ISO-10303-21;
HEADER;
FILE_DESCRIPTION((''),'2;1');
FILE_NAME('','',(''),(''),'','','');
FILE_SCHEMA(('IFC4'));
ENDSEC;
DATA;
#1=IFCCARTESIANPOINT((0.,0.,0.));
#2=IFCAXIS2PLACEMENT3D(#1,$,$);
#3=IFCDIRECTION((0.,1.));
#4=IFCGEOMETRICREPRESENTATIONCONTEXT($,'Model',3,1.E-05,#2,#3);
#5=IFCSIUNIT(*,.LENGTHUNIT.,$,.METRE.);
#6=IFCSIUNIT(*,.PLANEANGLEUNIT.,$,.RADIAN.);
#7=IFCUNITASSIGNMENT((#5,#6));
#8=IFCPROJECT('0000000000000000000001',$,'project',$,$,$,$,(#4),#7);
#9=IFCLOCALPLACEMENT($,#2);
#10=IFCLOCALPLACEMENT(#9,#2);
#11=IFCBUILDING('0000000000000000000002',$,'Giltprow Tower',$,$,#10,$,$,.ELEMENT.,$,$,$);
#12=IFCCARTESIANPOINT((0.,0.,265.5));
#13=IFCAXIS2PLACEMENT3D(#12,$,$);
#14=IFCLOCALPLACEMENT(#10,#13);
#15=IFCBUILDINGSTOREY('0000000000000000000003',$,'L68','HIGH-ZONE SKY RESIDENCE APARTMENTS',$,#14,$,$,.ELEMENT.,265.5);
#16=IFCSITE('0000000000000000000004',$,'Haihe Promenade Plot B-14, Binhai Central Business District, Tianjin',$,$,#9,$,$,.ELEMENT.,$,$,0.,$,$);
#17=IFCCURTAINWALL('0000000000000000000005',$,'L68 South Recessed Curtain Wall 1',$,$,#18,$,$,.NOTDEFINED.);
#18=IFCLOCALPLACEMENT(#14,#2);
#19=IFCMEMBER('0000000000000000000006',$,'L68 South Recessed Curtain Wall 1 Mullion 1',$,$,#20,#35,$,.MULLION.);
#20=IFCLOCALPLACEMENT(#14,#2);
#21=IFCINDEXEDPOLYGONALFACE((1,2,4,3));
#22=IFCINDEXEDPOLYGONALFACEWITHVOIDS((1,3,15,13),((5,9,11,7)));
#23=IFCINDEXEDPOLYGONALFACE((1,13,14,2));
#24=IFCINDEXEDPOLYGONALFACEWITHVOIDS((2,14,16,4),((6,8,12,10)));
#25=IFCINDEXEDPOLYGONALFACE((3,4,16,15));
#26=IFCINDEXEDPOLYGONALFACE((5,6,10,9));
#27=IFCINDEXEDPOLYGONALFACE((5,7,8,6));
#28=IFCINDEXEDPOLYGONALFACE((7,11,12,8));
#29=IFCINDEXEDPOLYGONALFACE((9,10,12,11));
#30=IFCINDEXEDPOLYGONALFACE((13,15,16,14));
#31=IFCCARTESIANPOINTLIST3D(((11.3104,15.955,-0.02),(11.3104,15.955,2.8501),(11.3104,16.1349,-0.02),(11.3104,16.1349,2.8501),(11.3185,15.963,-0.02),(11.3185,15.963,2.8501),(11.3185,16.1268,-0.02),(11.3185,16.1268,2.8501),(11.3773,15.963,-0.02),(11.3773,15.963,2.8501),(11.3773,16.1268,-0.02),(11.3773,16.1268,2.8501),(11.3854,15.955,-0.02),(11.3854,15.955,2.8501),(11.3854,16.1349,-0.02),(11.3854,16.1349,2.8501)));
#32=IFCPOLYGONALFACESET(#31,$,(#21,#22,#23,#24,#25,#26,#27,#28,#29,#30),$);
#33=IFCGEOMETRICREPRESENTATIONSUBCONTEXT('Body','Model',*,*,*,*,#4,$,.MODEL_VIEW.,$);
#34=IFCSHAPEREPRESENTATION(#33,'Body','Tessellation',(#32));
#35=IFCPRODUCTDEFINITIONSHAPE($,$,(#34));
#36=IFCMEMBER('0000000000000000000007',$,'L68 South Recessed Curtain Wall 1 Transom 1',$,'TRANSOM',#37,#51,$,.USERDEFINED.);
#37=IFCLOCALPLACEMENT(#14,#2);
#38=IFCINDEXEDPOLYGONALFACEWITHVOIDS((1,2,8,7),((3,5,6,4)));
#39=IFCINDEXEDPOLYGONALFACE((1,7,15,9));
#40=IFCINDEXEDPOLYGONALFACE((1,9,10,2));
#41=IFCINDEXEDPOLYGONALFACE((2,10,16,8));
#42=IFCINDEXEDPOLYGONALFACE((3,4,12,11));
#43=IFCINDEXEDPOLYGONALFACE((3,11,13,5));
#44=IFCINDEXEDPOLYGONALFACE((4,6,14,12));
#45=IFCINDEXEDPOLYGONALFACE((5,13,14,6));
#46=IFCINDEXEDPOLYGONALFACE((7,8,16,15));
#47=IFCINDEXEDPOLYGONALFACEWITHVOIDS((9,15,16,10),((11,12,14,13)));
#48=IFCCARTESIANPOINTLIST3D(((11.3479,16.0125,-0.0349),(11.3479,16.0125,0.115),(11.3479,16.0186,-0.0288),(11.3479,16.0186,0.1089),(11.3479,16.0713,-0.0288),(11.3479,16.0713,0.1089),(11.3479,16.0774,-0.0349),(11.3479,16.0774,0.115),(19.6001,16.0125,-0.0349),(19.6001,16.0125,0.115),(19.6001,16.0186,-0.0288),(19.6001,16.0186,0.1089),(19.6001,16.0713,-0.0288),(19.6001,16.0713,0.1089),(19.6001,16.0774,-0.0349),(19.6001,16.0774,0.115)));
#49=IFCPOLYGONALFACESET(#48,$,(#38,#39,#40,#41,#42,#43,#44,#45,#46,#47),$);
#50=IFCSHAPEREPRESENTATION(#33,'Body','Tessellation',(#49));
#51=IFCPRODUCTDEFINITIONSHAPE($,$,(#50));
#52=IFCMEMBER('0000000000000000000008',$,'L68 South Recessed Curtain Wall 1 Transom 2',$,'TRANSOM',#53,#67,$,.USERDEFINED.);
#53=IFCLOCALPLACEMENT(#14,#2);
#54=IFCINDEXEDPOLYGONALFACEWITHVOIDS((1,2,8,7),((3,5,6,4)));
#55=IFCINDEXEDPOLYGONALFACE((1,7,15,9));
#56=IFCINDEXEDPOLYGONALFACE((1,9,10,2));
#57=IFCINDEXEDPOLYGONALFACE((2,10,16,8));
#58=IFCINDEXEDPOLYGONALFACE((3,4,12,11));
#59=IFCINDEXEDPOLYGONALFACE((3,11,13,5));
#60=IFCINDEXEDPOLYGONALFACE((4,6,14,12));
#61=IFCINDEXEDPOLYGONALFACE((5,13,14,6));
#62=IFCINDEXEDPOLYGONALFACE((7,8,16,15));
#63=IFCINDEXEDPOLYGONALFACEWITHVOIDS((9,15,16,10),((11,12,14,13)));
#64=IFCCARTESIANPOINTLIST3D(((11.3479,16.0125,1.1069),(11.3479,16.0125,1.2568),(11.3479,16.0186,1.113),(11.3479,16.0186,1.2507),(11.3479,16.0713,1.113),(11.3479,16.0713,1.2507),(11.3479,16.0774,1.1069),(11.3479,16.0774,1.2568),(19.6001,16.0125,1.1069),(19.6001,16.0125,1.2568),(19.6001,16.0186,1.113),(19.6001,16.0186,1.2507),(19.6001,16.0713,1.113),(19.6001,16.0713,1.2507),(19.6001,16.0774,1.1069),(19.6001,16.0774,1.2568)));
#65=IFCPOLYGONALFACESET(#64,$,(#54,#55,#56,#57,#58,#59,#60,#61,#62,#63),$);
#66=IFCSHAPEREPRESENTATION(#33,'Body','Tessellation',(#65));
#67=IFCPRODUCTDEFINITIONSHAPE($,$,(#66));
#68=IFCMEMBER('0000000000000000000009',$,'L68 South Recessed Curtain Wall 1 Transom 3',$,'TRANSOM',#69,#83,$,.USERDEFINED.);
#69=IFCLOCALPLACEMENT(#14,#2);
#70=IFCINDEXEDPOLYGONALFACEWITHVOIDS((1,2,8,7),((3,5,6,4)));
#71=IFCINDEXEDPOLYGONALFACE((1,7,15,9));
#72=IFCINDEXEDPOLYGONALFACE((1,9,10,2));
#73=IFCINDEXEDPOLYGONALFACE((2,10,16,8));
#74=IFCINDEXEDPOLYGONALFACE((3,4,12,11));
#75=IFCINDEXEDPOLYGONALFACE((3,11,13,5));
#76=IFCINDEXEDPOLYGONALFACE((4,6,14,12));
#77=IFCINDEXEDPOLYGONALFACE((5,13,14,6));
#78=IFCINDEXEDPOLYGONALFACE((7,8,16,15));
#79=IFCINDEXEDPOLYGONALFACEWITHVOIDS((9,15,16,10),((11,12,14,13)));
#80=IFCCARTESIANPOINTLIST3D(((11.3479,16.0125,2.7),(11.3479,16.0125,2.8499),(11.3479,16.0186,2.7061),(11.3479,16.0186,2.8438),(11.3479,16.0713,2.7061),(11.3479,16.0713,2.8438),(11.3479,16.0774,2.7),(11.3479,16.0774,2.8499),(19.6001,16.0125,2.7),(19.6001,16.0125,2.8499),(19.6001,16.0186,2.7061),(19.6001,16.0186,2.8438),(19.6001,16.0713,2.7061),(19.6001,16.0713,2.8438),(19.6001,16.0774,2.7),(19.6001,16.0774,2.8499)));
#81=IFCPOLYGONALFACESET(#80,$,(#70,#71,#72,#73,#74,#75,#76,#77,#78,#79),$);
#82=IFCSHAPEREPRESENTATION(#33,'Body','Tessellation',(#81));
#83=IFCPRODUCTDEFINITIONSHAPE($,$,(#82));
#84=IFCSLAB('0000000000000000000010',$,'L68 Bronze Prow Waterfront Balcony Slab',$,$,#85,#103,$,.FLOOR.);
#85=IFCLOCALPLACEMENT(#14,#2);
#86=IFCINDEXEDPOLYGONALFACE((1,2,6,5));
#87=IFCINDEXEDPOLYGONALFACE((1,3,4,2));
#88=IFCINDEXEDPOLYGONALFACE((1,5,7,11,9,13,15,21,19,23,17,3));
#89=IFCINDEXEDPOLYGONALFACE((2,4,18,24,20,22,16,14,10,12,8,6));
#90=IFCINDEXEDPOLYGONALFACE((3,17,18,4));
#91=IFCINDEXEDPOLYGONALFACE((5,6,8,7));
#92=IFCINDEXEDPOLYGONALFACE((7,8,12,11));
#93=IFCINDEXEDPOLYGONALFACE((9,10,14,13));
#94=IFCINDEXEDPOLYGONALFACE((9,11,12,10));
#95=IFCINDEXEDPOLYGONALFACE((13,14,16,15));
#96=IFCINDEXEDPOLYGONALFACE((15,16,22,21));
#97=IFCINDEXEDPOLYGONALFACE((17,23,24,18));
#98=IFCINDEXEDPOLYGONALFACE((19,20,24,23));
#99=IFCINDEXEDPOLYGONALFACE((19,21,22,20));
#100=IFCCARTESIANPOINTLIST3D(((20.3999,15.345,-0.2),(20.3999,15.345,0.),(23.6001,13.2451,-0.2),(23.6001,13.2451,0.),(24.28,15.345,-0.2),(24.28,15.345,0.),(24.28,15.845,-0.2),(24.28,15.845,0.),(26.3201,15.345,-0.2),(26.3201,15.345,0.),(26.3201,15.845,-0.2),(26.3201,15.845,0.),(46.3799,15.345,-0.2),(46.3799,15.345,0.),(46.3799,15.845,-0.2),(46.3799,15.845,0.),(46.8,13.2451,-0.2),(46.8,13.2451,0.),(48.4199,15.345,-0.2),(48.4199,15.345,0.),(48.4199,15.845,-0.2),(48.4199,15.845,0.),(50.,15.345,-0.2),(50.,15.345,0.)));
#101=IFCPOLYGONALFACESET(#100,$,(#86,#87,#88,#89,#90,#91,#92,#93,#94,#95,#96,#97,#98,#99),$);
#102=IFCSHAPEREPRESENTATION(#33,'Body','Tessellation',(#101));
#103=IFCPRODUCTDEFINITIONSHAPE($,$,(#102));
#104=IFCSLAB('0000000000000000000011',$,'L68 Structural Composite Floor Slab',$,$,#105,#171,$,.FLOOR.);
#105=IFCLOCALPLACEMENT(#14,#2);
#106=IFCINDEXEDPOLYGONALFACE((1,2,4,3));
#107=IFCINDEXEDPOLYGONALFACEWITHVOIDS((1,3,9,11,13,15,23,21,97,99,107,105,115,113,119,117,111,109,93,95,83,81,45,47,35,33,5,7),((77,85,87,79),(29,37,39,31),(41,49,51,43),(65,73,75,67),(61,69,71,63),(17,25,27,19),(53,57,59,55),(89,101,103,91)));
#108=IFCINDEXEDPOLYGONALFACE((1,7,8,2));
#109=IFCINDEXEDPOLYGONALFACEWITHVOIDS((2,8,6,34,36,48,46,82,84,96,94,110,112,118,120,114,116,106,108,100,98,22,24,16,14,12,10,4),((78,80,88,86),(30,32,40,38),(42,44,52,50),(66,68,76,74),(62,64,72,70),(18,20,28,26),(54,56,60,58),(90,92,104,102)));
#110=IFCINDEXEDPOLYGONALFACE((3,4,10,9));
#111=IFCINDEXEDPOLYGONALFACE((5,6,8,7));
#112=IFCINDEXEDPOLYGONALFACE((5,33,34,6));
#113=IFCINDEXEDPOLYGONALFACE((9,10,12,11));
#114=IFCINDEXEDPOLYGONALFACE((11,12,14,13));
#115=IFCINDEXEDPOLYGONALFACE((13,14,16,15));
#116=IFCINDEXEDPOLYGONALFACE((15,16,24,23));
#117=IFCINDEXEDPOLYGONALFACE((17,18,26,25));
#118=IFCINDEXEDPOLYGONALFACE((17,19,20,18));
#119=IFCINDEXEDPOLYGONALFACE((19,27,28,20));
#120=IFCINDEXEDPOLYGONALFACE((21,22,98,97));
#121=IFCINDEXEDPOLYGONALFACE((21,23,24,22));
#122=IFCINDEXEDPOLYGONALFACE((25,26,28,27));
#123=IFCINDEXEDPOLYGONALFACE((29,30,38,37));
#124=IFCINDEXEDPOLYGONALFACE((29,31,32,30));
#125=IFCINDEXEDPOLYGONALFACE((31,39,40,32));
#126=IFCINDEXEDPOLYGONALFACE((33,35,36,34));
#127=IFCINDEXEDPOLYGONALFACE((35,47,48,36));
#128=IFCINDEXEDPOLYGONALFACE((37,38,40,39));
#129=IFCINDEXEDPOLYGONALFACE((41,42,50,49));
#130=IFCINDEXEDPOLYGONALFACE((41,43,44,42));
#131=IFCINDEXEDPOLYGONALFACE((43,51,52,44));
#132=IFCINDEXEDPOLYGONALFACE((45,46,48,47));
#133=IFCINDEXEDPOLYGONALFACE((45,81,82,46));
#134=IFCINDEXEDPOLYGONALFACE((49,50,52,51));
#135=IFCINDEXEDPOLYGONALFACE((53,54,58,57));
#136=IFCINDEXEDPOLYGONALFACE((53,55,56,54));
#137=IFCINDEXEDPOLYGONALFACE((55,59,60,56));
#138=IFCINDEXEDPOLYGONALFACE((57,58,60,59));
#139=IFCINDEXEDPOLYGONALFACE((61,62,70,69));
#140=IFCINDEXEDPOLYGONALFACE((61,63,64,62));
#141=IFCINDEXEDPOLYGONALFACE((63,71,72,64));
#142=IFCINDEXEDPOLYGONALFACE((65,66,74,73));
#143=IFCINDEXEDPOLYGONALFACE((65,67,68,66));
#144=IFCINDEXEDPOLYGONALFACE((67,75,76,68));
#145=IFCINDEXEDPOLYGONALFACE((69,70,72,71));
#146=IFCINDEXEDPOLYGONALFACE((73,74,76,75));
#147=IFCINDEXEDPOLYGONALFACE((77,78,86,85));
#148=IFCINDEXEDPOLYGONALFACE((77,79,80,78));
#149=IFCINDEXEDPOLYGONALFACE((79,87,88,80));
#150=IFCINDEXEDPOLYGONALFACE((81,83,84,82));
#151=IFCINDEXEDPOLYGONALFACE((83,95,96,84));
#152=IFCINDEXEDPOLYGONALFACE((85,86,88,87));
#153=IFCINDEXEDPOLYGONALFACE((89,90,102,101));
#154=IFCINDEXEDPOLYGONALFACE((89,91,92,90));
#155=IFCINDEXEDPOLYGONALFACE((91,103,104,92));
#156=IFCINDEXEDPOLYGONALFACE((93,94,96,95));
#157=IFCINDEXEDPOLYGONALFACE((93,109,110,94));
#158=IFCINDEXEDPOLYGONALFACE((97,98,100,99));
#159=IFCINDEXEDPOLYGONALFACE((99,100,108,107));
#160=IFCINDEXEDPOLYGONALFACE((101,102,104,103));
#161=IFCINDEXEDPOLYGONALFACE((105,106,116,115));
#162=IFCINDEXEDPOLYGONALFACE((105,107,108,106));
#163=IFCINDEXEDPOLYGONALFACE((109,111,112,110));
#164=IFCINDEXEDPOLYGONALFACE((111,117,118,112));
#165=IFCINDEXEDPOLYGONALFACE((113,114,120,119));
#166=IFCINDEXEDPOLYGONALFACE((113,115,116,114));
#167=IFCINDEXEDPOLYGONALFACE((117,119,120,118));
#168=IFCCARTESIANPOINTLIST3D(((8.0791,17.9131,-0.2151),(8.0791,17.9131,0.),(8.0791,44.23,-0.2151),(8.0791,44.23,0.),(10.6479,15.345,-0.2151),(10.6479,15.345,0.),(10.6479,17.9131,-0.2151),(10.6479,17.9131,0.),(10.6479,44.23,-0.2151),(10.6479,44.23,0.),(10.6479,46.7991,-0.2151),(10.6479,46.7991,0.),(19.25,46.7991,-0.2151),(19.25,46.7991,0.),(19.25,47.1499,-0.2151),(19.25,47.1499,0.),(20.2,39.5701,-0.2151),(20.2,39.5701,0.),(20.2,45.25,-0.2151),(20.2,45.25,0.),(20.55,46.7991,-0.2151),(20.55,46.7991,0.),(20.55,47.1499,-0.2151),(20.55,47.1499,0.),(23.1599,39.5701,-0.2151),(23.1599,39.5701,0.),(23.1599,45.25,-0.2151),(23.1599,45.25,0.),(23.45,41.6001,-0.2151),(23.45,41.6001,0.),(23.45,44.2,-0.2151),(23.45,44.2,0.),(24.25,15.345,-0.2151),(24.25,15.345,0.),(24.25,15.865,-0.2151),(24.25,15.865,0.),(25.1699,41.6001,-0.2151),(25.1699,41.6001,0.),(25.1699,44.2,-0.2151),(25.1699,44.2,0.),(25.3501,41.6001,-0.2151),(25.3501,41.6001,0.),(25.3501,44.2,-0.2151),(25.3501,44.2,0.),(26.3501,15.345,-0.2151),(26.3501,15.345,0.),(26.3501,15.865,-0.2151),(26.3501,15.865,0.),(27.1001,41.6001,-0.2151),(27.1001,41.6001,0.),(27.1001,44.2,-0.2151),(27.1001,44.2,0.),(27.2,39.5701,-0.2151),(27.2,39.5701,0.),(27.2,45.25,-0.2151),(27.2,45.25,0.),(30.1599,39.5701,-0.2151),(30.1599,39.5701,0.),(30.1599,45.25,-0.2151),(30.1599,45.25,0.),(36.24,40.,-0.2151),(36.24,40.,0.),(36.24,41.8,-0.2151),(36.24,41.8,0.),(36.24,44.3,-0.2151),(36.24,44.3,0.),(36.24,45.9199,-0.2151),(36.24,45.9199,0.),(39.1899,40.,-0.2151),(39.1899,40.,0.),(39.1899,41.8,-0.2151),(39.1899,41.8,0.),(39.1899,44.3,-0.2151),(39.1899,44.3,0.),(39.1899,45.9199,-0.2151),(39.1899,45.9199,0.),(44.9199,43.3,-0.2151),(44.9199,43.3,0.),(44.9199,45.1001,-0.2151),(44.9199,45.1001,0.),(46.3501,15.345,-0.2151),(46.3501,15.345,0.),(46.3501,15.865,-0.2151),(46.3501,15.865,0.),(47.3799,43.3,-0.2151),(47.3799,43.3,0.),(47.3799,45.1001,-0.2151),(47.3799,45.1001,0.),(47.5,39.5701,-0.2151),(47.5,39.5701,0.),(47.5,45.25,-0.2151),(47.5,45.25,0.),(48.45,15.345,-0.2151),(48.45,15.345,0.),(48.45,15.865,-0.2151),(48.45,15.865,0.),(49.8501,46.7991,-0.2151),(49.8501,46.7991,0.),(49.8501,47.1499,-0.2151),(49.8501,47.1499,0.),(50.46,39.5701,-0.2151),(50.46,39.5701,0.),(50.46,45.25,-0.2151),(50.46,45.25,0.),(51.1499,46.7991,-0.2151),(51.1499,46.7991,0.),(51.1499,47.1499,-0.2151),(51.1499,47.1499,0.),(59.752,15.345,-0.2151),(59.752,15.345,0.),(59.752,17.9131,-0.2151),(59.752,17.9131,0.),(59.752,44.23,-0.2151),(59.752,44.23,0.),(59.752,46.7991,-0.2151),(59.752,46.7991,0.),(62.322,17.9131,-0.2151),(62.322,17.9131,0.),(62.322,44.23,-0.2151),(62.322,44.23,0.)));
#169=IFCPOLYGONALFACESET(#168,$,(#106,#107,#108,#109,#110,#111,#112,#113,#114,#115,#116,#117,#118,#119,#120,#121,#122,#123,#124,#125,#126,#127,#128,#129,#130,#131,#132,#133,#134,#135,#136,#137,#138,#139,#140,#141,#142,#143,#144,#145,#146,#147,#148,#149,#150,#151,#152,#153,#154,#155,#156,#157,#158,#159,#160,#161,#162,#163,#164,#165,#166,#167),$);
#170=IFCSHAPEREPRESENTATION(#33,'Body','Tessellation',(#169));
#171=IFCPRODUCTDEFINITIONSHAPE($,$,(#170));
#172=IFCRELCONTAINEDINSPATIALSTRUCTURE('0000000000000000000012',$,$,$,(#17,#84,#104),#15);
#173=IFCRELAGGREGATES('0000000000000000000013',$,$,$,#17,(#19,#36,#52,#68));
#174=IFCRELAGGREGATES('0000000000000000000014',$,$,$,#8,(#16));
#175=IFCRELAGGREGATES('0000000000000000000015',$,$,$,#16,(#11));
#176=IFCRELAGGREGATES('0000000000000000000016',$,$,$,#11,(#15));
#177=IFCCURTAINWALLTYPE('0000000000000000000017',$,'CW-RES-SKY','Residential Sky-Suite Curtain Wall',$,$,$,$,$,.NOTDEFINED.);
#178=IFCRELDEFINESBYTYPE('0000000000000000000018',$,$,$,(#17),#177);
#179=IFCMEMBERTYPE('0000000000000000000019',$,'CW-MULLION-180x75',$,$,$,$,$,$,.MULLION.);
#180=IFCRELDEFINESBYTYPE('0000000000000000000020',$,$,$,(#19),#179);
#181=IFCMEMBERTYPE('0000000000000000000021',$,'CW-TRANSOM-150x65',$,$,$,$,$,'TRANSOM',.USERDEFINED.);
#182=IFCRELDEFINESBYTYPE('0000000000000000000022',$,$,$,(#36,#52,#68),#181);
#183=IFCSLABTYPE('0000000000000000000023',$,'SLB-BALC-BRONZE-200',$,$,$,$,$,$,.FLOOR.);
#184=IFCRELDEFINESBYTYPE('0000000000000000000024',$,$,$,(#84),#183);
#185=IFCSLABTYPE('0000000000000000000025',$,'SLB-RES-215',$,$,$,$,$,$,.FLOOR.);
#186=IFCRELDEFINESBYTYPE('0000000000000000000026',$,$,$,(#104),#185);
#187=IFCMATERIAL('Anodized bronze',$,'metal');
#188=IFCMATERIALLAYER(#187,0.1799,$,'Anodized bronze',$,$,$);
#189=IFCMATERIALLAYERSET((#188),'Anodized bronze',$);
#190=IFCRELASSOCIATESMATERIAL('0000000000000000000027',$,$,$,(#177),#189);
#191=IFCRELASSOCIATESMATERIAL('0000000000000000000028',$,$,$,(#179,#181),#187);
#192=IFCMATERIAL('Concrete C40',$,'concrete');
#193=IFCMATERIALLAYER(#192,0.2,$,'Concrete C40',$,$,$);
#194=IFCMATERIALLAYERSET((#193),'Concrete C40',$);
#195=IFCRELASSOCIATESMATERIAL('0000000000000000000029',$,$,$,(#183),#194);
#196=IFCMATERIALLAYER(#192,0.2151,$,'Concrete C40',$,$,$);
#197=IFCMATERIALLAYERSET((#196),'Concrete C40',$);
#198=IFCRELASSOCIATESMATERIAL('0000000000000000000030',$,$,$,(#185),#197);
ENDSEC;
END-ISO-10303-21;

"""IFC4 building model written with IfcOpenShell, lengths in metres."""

from ifc_helpers import new_model, si_unit, direction, frame, origin, origin_2d, place, context, subcontext, project, spatial, polyline, hollow_rectangle, outline, extrude, source, transform, mapped, material, layer, layer_set, material_profile, profile_set, type_object, element, aggregate, save


model = new_model("IFC4")

# Units and contexts
model_context = context("Model", 3, precision=1e-05, world=origin(), true_north=direction((0.0, 1.0)))
body_context = subcontext(model_context, "Body", "Model", "MODEL_VIEW")
ifc_project = project(units=[si_unit("LENGTHUNIT", "METRE"), si_unit("PLANEANGLEUNIT", "RADIAN")], contexts=[model_context])

# Site, building, storey
site_placement = place(None, origin())
site = spatial("IfcSite", under=ifc_project, at=site_placement, Name="Haihe Promenade Plot B-14, Binhai Central Business District, Tianjin", CompositionType="ELEMENT", RefElevation=0.0)
building_placement = place(site_placement, origin())
building = spatial("IfcBuilding", under=site, at=building_placement, Name="Giltprow Tower", CompositionType="ELEMENT")
storey_placement = place(building_placement, frame((0.0, 0.0, 265.5)))
storey = spatial("IfcBuildingStorey", under=building, at=storey_placement, Name="L68", Description="HIGH-ZONE SKY RESIDENCE APARTMENTS", CompositionType="ELEMENT", Elevation=265.5)

# Curtain wall, members
ifc_material_1 = material(Name="Anodized bronze", Category="metal")
ifc_layer_1 = layer(ifc_material_1, 0.1799, Name="Anodized bronze")
ifc_layer_set_1 = layer_set([ifc_layer_1], Name="Anodized bronze")
curtain_wall_type = type_object("IfcCurtainWallType", Name="CW-RES-SKY", Description="Residential Sky-Suite Curtain Wall", PredefinedType="NOTDEFINED", material=ifc_layer_set_1)
curtain_wall_placement = place(storey_placement, origin())
curtain_wall = element("IfcCurtainWall", 1, at=curtain_wall_placement, inside=storey, type_object=curtain_wall_type, Name="L68 South Recessed Curtain Wall 1", PredefinedType="NOTDEFINED")
ifc_material_profile_1 = material_profile(ifc_material_1, hollow_rectangle(XDim=0.075, YDim=0.1799, WallThickness=0.0081, at=origin_2d()), Name="RHS 180x75x8")
ifc_profile_set_1 = profile_set([ifc_material_profile_1], Name="Anodized bronze")
member_type_1 = type_object("IfcMemberType", Name="CW-MULLION-180x75", PredefinedType="MULLION", material=ifc_profile_set_1)
shared_shape_1 = source(origin(), body_context, "Body", "SweptSolid", [
    extrude(hollow_rectangle(XDim=0.075, YDim=0.1799, WallThickness=0.0081, at=origin_2d()), origin(), (0.0, 0.0, 1.0), 2.8701),
])
member_1_placement = place(storey_placement, frame((11.3479, 16.0449, -0.02), z_axis=(0.0, 0.0, 1.0), x_axis=(1.0, 0.0, 0.0)))
member_1 = element("IfcMember", 2, at=member_1_placement, type_object=member_type_1, Name="L68 South Recessed Curtain Wall 1 Mullion 1", PredefinedType="MULLION", context=body_context, shape_type="MappedRepresentation", body=[
    mapped(shared_shape_1, transform((0.0, 0.0, 0.0), x_axis=(1.0, 0.0, 0.0), y_axis=(0.0, 1.0, 0.0), z_axis=(0.0, 0.0, 1.0), scale=1.0)),
])
ifc_material_profile_2 = material_profile(ifc_material_1, hollow_rectangle(XDim=0.0649, YDim=0.1499, WallThickness=0.0061, at=origin_2d()), Name="RHS 150x65x6")
ifc_profile_set_2 = profile_set([ifc_material_profile_2], Name="Anodized bronze")
member_type_2 = type_object("IfcMemberType", Name="CW-TRANSOM-150x65", ElementType="TRANSOM", PredefinedType="USERDEFINED", material=ifc_profile_set_2)
shared_shape_2 = source(origin(), body_context, "Body", "SweptSolid", [
    extrude(hollow_rectangle(XDim=0.0649, YDim=0.1499, WallThickness=0.0061, at=origin_2d()), origin(), (0.0, 0.0, 1.0), 8.2522),
])
member_2_placement = place(storey_placement, frame((11.3479, 16.0449, 0.04), z_axis=(1.0, 0.0, 0.0), x_axis=(0.0, 1.0, 0.0)))
member_2 = element("IfcMember", 3, at=member_2_placement, type_object=member_type_2, Name="L68 South Recessed Curtain Wall 1 Transom 1", ObjectType="TRANSOM", PredefinedType="USERDEFINED", context=body_context, shape_type="MappedRepresentation", body=[
    mapped(shared_shape_2, transform((0.0, 0.0, 0.0), x_axis=(1.0, 0.0, 0.0), y_axis=(0.0, 1.0, 0.0), z_axis=(0.0, 0.0, 1.0), scale=1.0)),
])
member_3_placement = place(storey_placement, frame((11.3479, 16.0449, 1.1819), z_axis=(1.0, 0.0, 0.0), x_axis=(0.0, 1.0, 0.0)))
member_3 = element("IfcMember", 4, at=member_3_placement, type_object=member_type_2, Name="L68 South Recessed Curtain Wall 1 Transom 2", ObjectType="TRANSOM", PredefinedType="USERDEFINED", context=body_context, shape_type="MappedRepresentation", body=[
    mapped(shared_shape_2, transform((0.0, 0.0, 0.0), x_axis=(1.0, 0.0, 0.0), y_axis=(0.0, 1.0, 0.0), z_axis=(0.0, 0.0, 1.0), scale=1.0)),
])
member_4_placement = place(storey_placement, frame((11.3479, 16.0449, 2.7749), z_axis=(1.0, 0.0, 0.0), x_axis=(0.0, 1.0, 0.0)))
member_4 = element("IfcMember", 5, at=member_4_placement, type_object=member_type_2, Name="L68 South Recessed Curtain Wall 1 Transom 3", ObjectType="TRANSOM", PredefinedType="USERDEFINED", context=body_context, shape_type="MappedRepresentation", body=[
    mapped(shared_shape_2, transform((0.0, 0.0, 0.0), x_axis=(1.0, 0.0, 0.0), y_axis=(0.0, 1.0, 0.0), z_axis=(0.0, 0.0, 1.0), scale=1.0)),
])

# Slabs
ifc_material_2 = material(Name="Concrete C40", Category="concrete")
ifc_layer_2 = layer(ifc_material_2, 0.2, Name="Concrete C40")
ifc_layer_set_2 = layer_set([ifc_layer_2], Name="Concrete C40")
slab_type_1 = type_object("IfcSlabType", Name="SLB-BALC-BRONZE-200", PredefinedType="FLOOR", material=ifc_layer_set_2)
slab_1_placement = place(storey_placement, frame((0.0, 0.0, -0.2)))
element("IfcSlab", 6, at=slab_1_placement, inside=storey, type_object=slab_type_1, Name="L68 Bronze Prow Waterfront Balcony Slab", PredefinedType="FLOOR", context=body_context, shape_type="SweptSolid", body=[
    extrude(outline(polyline([(50.0, 15.345), (46.8, 13.2451), (23.6001, 13.2451), (20.3999, 15.345), (24.28, 15.345), (24.28, 15.845), (26.3201, 15.845), (26.3201, 15.345), (46.3799, 15.345), (46.3799, 15.845), (48.4199, 15.845), (48.4199, 15.345), (50.0, 15.345)])), origin(), (0.0, 0.0, 1.0), 0.2),
])
ifc_layer_3 = layer(ifc_material_2, 0.2151, Name="Concrete C40")
ifc_layer_set_3 = layer_set([ifc_layer_3], Name="Concrete C40")
slab_type_2 = type_object("IfcSlabType", Name="SLB-RES-215", PredefinedType="FLOOR", material=ifc_layer_set_3)
slab_2_placement = place(storey_placement, frame((0.0, 0.0, -0.2151)))
element("IfcSlab", 7, at=slab_2_placement, inside=storey, type_object=slab_type_2, Name="L68 Structural Composite Floor Slab", PredefinedType="FLOOR", context=body_context, shape_type="SweptSolid", body=[
    extrude(outline(polyline([(62.322, 44.23), (62.322, 17.9131), (59.752, 17.9131), (59.752, 15.345), (48.45, 15.345), (48.45, 15.865), (46.3501, 15.865), (46.3501, 15.345), (26.3501, 15.345), (26.3501, 15.865), (24.25, 15.865), (24.25, 15.345), (10.6479, 15.345), (10.6479, 17.9131), (8.0791, 17.9131), (8.0791, 44.23), (10.6479, 44.23), (10.6479, 46.7991), (19.25, 46.7991), (19.25, 47.1499), (20.55, 47.1499), (20.55, 46.7991), (49.8501, 46.7991), (49.8501, 47.1499), (51.1499, 47.1499), (51.1499, 46.7991), (59.752, 46.7991), (59.752, 44.23), (62.322, 44.23)]), holes=[polyline([(39.1899, 41.8), (36.24, 41.8), (36.24, 40.0), (39.1899, 40.0), (39.1899, 41.8)]), polyline([(23.1599, 39.5701), (23.1599, 45.25), (20.2, 45.25), (20.2, 39.5701), (23.1599, 39.5701)]), polyline([(30.1599, 39.5701), (30.1599, 45.25), (27.2, 45.25), (27.2, 39.5701), (30.1599, 39.5701)]), polyline([(50.46, 45.25), (47.5, 45.25), (47.5, 39.5701), (50.46, 39.5701), (50.46, 45.25)]), polyline([(25.1699, 44.2), (23.45, 44.2), (23.45, 41.6001), (25.1699, 41.6001), (25.1699, 44.2)]), polyline([(27.1001, 44.2), (25.3501, 44.2), (25.3501, 41.6001), (27.1001, 41.6001), (27.1001, 44.2)]), polyline([(47.3799, 43.3), (47.3799, 45.1001), (44.9199, 45.1001), (44.9199, 43.3), (47.3799, 43.3)]), polyline([(39.1899, 44.3), (39.1899, 45.9199), (36.24, 45.9199), (36.24, 44.3), (39.1899, 44.3)])]), origin(), (0.0, 0.0, 1.0), 0.2151),
])

aggregate(curtain_wall, [member_1, member_2, member_3, member_4])

save(model, "model.ifc")
